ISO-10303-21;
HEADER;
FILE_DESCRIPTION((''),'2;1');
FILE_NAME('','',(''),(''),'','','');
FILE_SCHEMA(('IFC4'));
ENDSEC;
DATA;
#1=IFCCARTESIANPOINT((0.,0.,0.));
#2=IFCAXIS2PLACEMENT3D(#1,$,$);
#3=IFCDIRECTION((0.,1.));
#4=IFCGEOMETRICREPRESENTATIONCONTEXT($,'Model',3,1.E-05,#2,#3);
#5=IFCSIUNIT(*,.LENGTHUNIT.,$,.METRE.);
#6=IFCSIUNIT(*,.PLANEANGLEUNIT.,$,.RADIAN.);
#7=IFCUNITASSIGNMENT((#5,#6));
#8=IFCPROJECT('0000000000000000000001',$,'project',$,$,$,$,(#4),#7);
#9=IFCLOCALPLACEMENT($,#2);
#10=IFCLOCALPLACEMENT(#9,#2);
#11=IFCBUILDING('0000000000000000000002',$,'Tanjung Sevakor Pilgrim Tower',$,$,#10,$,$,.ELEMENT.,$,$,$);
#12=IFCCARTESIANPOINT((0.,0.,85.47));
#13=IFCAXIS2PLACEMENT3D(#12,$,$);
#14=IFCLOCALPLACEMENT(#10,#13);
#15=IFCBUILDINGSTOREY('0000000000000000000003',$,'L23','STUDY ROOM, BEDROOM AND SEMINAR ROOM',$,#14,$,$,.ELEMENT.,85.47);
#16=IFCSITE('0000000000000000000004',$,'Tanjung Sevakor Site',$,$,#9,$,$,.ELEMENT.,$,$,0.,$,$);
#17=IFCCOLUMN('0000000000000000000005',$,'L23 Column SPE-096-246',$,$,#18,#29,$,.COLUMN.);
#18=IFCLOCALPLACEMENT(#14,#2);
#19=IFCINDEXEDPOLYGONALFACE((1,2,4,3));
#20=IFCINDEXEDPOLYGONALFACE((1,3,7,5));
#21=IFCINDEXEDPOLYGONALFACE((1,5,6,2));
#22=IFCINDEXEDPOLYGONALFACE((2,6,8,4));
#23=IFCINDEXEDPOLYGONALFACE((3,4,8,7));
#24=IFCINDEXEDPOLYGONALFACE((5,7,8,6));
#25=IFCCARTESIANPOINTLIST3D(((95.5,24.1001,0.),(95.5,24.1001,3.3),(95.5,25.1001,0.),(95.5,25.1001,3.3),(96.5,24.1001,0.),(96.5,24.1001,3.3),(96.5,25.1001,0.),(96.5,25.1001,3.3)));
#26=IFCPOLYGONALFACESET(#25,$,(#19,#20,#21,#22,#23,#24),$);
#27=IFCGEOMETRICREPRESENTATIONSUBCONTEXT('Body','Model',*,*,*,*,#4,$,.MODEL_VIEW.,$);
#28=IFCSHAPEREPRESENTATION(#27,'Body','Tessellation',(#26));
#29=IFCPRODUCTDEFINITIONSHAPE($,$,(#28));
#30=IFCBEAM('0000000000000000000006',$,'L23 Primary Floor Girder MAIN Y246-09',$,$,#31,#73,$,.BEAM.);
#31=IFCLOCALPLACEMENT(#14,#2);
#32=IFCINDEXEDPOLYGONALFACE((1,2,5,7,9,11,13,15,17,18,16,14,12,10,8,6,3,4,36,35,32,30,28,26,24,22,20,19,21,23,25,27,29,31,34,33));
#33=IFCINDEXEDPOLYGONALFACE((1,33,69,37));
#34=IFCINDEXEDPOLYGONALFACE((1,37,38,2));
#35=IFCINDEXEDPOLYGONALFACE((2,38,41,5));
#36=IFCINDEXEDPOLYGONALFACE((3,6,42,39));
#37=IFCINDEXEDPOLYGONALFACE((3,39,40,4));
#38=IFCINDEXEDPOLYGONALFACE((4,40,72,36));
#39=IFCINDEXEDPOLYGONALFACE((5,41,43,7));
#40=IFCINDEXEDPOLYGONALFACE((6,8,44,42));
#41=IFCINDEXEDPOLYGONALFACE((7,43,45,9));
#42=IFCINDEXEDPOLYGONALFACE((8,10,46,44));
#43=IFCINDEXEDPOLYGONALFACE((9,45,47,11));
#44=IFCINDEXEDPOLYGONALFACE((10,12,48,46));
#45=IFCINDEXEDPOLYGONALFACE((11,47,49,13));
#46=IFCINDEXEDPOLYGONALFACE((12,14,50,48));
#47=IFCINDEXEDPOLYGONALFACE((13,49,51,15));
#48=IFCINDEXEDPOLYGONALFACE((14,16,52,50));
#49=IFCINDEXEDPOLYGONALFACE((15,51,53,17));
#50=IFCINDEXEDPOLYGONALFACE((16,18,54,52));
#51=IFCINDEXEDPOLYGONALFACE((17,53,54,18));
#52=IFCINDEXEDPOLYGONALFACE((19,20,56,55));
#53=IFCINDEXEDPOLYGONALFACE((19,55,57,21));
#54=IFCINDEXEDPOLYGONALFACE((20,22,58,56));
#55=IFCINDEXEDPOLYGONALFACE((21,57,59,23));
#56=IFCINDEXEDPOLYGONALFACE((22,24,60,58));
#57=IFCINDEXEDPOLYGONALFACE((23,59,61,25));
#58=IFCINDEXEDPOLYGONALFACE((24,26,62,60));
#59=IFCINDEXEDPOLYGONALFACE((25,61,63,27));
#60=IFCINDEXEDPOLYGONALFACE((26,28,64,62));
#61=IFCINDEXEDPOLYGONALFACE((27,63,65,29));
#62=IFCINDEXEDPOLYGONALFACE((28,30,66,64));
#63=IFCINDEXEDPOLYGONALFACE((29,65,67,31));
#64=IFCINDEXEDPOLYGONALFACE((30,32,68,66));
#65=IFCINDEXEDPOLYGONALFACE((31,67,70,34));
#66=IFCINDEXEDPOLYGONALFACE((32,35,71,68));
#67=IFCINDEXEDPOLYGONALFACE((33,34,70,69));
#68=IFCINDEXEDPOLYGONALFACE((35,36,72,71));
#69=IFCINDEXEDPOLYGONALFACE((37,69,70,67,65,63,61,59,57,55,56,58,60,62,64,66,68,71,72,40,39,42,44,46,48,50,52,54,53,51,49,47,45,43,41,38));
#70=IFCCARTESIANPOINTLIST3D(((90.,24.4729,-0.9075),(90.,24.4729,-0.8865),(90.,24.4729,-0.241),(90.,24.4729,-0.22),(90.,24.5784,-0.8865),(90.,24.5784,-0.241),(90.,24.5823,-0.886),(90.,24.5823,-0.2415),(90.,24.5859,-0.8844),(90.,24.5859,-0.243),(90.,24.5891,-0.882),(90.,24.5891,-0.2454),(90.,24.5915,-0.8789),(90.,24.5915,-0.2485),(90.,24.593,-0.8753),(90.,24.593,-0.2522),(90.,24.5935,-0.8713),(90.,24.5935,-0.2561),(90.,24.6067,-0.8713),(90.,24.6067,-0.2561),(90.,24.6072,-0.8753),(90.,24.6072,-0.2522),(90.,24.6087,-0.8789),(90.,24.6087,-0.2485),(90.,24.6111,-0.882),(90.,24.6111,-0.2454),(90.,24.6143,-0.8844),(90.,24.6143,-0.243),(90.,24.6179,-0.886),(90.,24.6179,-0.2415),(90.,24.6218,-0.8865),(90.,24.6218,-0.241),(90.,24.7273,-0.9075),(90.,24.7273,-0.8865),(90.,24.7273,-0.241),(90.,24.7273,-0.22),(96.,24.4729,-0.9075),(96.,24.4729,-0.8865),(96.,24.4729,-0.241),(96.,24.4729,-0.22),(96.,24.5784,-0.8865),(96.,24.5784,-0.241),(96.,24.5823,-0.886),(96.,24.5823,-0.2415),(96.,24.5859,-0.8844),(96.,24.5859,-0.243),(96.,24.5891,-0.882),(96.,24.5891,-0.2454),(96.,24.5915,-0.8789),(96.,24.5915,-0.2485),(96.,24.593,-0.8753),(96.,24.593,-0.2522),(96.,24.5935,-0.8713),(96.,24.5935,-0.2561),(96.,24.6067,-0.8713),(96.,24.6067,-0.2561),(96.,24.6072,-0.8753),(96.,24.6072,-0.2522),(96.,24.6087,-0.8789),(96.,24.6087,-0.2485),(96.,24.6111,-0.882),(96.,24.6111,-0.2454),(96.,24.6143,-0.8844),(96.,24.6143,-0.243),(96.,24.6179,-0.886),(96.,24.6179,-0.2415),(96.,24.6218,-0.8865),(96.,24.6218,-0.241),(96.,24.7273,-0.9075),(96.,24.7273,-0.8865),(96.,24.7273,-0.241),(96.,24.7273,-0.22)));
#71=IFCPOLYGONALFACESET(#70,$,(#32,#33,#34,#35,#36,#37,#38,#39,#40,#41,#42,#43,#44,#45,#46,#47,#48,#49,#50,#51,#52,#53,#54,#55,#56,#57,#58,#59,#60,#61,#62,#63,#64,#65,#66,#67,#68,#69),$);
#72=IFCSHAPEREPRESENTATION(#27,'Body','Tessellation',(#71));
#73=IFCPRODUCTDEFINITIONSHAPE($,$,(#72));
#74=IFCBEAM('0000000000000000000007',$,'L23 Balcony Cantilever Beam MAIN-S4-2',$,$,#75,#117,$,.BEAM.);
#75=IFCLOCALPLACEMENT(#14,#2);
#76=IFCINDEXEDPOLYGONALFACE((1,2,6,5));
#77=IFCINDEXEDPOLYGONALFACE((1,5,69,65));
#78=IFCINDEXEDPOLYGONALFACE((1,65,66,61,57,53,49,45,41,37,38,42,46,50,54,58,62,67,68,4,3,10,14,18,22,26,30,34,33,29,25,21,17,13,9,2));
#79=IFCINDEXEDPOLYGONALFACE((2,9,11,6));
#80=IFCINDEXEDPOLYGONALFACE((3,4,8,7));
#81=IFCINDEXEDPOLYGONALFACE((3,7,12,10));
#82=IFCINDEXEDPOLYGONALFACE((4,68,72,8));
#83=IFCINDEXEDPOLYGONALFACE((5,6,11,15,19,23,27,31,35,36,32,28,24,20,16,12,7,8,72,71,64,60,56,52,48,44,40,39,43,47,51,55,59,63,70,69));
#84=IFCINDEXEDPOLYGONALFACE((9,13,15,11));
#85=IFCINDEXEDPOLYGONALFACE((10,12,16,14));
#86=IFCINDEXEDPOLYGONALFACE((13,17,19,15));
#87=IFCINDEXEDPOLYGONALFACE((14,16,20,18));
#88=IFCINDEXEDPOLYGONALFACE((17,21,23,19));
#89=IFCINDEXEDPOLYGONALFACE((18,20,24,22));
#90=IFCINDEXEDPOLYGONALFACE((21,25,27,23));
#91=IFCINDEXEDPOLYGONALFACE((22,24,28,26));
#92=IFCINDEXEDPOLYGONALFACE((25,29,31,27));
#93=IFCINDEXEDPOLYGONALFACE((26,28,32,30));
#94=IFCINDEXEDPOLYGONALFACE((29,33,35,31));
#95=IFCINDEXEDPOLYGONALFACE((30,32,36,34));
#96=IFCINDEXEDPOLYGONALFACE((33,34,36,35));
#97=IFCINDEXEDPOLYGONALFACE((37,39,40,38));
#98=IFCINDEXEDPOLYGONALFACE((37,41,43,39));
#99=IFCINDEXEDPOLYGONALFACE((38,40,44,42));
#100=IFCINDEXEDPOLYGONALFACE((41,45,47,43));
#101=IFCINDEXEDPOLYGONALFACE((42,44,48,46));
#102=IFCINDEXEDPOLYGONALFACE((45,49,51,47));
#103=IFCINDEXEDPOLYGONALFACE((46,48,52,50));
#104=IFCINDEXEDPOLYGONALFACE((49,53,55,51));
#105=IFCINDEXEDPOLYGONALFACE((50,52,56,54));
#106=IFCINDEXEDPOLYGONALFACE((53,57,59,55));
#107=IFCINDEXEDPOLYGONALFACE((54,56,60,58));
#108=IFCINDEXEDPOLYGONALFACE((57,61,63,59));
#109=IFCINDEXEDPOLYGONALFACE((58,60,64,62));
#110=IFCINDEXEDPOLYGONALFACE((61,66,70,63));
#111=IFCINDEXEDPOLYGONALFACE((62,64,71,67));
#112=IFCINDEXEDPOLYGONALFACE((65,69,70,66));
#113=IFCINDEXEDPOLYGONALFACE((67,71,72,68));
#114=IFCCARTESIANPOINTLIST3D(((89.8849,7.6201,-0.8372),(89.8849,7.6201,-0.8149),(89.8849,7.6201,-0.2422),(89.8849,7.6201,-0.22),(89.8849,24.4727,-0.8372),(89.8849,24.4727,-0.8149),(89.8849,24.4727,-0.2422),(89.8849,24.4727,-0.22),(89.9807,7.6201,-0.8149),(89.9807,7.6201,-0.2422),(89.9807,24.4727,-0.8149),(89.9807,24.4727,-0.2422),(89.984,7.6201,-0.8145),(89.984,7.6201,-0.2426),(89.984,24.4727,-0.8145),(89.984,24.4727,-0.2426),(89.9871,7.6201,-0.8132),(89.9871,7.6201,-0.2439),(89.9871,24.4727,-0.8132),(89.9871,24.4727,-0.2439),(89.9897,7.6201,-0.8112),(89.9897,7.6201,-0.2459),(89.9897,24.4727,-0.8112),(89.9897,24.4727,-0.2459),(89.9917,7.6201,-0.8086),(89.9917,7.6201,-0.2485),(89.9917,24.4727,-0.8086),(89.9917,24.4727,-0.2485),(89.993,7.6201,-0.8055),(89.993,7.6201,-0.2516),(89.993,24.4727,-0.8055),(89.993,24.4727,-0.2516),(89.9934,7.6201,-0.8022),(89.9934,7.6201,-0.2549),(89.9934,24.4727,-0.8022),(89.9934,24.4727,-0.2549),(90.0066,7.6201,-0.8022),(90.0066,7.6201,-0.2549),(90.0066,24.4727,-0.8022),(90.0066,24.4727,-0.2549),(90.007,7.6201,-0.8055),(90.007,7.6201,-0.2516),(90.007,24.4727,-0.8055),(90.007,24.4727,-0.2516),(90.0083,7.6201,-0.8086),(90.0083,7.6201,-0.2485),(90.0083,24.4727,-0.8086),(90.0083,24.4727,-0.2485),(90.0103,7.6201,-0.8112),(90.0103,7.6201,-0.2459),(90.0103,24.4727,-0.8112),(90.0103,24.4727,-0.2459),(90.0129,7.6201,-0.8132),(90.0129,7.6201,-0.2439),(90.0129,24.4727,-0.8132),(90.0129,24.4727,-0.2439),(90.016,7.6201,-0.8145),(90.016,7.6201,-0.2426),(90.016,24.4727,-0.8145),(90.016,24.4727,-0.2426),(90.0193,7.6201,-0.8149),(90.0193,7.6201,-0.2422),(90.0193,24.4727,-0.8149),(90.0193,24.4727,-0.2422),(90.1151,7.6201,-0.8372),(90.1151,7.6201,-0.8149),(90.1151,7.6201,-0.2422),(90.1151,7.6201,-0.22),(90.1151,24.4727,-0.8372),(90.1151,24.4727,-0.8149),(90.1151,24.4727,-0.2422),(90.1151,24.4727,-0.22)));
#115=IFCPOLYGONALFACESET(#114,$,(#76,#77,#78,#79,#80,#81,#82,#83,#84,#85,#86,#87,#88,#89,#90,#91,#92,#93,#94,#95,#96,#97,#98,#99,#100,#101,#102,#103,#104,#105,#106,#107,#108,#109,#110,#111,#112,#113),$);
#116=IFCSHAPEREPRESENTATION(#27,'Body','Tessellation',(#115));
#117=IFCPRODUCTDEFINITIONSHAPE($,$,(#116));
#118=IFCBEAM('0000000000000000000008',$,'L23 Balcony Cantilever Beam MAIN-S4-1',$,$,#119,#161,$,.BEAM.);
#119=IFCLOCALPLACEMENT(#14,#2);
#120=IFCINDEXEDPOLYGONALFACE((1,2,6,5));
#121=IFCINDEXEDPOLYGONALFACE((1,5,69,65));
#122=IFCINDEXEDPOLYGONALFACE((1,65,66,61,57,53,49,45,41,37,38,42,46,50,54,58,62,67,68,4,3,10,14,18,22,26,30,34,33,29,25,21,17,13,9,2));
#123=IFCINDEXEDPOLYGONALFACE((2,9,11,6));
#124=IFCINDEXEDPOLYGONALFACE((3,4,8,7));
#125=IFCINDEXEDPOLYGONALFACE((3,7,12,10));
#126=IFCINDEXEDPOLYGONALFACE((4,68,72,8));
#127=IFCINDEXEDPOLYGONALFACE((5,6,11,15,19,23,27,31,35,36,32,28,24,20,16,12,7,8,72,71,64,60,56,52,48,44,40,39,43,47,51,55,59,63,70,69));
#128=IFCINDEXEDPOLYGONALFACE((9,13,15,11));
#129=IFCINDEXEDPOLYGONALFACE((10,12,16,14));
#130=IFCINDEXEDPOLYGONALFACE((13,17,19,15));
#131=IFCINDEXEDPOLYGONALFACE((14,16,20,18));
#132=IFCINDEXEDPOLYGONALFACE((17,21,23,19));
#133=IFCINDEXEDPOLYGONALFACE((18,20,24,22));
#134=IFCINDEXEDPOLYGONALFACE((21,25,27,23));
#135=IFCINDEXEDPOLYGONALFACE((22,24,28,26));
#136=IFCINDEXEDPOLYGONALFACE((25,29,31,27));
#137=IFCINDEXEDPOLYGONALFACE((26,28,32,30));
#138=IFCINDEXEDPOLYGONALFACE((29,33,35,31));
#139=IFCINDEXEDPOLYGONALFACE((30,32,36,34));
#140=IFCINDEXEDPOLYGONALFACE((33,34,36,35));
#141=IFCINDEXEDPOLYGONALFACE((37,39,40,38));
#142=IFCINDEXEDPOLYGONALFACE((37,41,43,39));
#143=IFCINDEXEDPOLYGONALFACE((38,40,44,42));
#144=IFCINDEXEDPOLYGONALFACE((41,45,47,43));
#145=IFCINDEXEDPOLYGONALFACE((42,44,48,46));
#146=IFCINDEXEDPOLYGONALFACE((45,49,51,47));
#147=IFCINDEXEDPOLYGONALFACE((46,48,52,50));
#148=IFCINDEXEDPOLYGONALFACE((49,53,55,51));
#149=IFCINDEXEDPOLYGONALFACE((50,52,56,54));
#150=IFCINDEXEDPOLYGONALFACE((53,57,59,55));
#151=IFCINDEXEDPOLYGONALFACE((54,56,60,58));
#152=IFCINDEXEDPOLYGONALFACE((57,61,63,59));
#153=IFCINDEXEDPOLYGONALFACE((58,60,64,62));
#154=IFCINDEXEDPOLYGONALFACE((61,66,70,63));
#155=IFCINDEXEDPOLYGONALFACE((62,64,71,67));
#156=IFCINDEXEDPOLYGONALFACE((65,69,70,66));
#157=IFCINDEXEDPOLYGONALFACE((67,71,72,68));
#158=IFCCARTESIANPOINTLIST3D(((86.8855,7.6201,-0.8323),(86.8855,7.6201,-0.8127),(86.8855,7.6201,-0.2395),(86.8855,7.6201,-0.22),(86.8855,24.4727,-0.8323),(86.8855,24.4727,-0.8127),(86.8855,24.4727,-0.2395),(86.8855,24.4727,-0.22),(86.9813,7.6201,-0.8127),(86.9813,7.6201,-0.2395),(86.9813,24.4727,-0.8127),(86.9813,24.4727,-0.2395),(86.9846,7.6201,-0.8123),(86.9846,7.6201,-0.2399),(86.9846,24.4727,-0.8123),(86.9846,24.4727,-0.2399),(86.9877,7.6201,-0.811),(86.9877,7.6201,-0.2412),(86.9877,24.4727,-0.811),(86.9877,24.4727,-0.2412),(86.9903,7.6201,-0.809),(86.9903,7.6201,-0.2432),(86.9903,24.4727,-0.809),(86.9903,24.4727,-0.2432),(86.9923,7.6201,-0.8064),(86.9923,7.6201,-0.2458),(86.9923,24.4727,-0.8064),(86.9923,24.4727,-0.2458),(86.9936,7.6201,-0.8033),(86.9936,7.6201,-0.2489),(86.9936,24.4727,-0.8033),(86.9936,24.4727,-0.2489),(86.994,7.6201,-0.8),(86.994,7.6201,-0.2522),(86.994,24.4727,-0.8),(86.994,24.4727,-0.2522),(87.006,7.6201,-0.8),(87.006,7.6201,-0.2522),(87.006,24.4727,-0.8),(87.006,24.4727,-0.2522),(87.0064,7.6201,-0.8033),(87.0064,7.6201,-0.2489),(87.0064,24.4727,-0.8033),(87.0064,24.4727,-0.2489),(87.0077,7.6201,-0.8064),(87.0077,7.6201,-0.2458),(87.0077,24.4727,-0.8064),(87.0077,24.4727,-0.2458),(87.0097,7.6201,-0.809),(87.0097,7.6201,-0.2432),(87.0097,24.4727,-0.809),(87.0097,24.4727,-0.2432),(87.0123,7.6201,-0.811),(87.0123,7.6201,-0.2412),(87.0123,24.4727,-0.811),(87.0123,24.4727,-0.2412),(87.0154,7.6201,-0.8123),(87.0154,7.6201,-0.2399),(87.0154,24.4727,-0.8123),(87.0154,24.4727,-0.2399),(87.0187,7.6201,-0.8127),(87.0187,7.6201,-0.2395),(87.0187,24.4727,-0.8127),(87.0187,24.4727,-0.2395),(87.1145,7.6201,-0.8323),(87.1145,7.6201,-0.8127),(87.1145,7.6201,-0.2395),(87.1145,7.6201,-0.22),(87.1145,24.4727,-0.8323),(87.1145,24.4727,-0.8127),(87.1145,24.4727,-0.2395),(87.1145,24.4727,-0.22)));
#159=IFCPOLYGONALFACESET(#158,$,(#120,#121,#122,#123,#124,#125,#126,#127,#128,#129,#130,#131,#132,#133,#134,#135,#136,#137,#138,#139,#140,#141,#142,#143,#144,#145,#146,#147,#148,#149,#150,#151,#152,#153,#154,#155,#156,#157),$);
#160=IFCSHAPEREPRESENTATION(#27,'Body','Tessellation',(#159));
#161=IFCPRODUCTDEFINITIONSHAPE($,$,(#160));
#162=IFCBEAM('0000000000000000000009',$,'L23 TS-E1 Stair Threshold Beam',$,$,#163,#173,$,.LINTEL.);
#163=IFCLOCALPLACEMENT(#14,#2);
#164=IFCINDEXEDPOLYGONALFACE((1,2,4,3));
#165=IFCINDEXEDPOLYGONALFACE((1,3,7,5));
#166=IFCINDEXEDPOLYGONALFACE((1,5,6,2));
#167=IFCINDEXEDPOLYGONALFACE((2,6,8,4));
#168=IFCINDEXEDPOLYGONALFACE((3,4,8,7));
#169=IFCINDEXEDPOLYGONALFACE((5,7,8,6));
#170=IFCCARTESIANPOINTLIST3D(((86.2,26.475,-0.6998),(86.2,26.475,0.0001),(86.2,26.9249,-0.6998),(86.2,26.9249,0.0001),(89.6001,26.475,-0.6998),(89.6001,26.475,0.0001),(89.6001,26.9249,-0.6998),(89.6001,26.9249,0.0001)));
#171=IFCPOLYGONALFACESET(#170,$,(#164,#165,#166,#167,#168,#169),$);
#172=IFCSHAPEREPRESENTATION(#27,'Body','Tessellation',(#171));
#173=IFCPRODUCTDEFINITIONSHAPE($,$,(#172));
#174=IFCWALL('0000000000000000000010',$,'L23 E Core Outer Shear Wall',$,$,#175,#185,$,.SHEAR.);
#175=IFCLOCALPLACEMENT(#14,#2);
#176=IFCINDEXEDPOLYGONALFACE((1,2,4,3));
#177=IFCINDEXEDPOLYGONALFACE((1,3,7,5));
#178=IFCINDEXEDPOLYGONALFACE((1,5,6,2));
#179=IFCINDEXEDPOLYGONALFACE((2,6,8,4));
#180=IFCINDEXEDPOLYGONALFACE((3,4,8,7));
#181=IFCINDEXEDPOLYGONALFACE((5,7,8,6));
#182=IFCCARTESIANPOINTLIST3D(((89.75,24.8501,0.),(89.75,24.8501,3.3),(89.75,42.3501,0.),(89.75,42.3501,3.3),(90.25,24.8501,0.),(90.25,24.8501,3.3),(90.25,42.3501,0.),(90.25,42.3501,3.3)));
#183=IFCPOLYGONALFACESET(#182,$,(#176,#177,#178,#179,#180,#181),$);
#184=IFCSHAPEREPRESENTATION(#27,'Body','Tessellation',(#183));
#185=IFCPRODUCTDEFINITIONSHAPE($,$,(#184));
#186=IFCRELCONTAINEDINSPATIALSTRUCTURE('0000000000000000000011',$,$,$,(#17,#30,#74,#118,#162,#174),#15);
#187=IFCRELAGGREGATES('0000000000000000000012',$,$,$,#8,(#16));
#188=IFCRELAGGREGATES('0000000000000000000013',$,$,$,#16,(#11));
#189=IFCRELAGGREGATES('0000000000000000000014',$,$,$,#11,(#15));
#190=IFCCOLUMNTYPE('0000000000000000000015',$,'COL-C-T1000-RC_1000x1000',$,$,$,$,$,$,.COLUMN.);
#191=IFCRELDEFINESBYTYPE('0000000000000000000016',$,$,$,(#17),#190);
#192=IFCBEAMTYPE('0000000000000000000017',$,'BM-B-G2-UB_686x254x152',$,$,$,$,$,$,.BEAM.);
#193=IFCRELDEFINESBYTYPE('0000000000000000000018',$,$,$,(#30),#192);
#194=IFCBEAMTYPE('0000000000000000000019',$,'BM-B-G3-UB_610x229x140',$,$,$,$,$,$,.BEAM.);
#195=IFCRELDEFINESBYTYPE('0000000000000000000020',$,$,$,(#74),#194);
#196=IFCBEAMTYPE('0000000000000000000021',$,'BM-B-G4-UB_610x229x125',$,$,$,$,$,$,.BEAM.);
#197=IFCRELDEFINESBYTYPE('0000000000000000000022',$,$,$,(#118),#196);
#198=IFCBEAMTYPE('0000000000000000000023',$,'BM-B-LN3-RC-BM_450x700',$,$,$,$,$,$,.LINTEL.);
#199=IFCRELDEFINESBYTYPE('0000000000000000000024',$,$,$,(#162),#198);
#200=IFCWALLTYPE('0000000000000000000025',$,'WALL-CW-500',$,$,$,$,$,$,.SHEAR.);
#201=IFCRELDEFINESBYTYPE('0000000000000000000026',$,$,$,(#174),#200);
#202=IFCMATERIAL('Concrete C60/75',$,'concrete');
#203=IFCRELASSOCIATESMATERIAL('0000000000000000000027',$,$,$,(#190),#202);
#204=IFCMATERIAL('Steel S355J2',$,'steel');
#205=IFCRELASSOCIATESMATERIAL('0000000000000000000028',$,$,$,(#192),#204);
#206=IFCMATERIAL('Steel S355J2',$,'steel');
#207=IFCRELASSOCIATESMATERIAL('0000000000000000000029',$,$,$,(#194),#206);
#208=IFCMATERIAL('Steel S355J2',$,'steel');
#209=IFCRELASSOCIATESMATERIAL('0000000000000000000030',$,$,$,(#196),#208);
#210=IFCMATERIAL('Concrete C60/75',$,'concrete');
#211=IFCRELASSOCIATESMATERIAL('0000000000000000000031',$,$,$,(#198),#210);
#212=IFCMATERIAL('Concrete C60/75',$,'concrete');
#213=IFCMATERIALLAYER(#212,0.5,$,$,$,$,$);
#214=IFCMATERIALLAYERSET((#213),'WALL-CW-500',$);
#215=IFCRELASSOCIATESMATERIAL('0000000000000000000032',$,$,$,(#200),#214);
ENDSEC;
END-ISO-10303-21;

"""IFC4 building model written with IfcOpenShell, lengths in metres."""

from ifc_helpers import new_model, si_unit, direction, frame, frame_2d, origin, origin_2d, place, context, subcontext, project, spatial, rectangle, i_section, extrude, material, layer, layer_set, material_profile, profile_set, type_object, element, save


model = new_model("IFC4")

# Units and contexts
model_context = context("Model", 3, precision=1e-05, world=origin(), true_north=direction((0.0, 1.0)))
body_context = subcontext(model_context, "Body", "Model", "MODEL_VIEW")
ifc_project = project(units=[si_unit("LENGTHUNIT", "METRE"), si_unit("PLANEANGLEUNIT", "RADIAN")], contexts=[model_context])

# Site, building, storey
site_placement = place(None, origin())
site = spatial("IfcSite", under=ifc_project, at=site_placement, Name="Tanjung Sevakor Site", CompositionType="ELEMENT", RefElevation=0.0)
building_placement = place(site_placement, origin())
building = spatial("IfcBuilding", under=site, at=building_placement, Name="Tanjung Sevakor Pilgrim Tower", CompositionType="ELEMENT")
storey_placement = place(building_placement, frame((0.0, 0.0, 85.47)))
storey = spatial("IfcBuildingStorey", under=building, at=storey_placement, Name="L23", Description="STUDY ROOM, BEDROOM AND SEMINAR ROOM", CompositionType="ELEMENT", Elevation=85.47)

# Column
ifc_material_1 = material(Name="Concrete C60/75", Category="concrete")
ifc_material_profile_1 = material_profile(ifc_material_1, rectangle(XDim=1.0, YDim=1.0, at=origin_2d()))
ifc_profile_set_1 = profile_set([ifc_material_profile_1], Name="Concrete C60/75")
column_type = type_object("IfcColumnType", Name="COL-C-T1000-RC_1000x1000", PredefinedType="COLUMN", material=ifc_profile_set_1)
column_placement = place(storey_placement, frame((96.0, 24.6001, 0.0), z_axis=(0.0, 0.0, 1.0), x_axis=(1.0, 0.0, 0.0)))
element("IfcColumn", 1, at=column_placement, inside=storey, type_object=column_type, Name="L23 Column SPE-096-246", PredefinedType="COLUMN", context=body_context, shape_type="SweptSolid", body=[
    extrude(rectangle(XDim=1.0, YDim=1.0, at=origin_2d()), origin(), (0.0, 0.0, 1.0), 3.3),
])

# Beams
ifc_material_2 = material(Name="Steel S355J2", Category="steel")
ifc_material_profile_2 = material_profile(ifc_material_2, i_section(OverallWidth=0.2544, OverallDepth=0.6875, WebThickness=0.0132, FlangeThickness=0.021, FilletRadius=0.0151, at=origin_2d()))
ifc_profile_set_2 = profile_set([ifc_material_profile_2], Name="Steel S355J2")
beam_type_1 = type_object("IfcBeamType", Name="BM-B-G2-UB_686x254x152", PredefinedType="BEAM", material=ifc_profile_set_2)
beam_1_placement = place(storey_placement, frame((90.0, 24.6001, -0.5637), z_axis=(1.0, 0.0, 0.0), x_axis=(0.0, 1.0, 0.0)))
element("IfcBeam", 2, at=beam_1_placement, inside=storey, type_object=beam_type_1, Name="L23 Primary Floor Girder MAIN Y246-09", PredefinedType="BEAM", context=body_context, shape_type="SweptSolid", body=[
    extrude(i_section(OverallWidth=0.2544, OverallDepth=0.6875, WebThickness=0.0132, FlangeThickness=0.021, FilletRadius=0.0151, at=origin_2d()), origin(), (0.0, 0.0, 1.0), 6.0),
])
ifc_material_3 = material(Name="Steel S355J2", Category="steel")
ifc_material_profile_3 = material_profile(ifc_material_3, i_section(OverallWidth=0.2302, OverallDepth=0.6172, WebThickness=0.0132, FlangeThickness=0.0222, FilletRadius=0.0127, at=origin_2d()))
ifc_profile_set_3 = profile_set([ifc_material_profile_3], Name="Steel S355J2")
beam_type_2 = type_object("IfcBeamType", Name="BM-B-G3-UB_610x229x140", PredefinedType="BEAM", material=ifc_profile_set_3)
beam_2_placement = place(storey_placement, frame((90.0, 24.4727, -0.5286), z_axis=(0.0, -1.0, 0.0), x_axis=(1.0, 0.0, 0.0)))
element("IfcBeam", 3, at=beam_2_placement, inside=storey, type_object=beam_type_2, Name="L23 Balcony Cantilever Beam MAIN-S4-2", PredefinedType="BEAM", context=body_context, shape_type="SweptSolid", body=[
    extrude(i_section(OverallWidth=0.2302, OverallDepth=0.6172, WebThickness=0.0132, FlangeThickness=0.0222, FilletRadius=0.0127, at=origin_2d()), origin(), (0.0, 0.0, 1.0), 16.8525),
])
ifc_material_4 = material(Name="Steel S355J2", Category="steel")
ifc_material_profile_4 = material_profile(ifc_material_4, i_section(OverallWidth=0.229, OverallDepth=0.6123, WebThickness=0.012, FlangeThickness=0.0195, FilletRadius=0.0127, at=origin_2d()))
ifc_profile_set_4 = profile_set([ifc_material_profile_4], Name="Steel S355J2")
beam_type_3 = type_object("IfcBeamType", Name="BM-B-G4-UB_610x229x125", PredefinedType="BEAM", material=ifc_profile_set_4)
beam_3_placement = place(storey_placement, frame((87.0, 24.4727, -0.5261), z_axis=(0.0, -1.0, 0.0), x_axis=(1.0, 0.0, 0.0)))
element("IfcBeam", 4, at=beam_3_placement, inside=storey, type_object=beam_type_3, Name="L23 Balcony Cantilever Beam MAIN-S4-1", PredefinedType="BEAM", context=body_context, shape_type="SweptSolid", body=[
    extrude(i_section(OverallWidth=0.229, OverallDepth=0.6123, WebThickness=0.012, FlangeThickness=0.0195, FilletRadius=0.0127, at=origin_2d()), origin(), (0.0, 0.0, 1.0), 16.8525),
])
ifc_material_5 = material(Name="Concrete C60/75", Category="concrete")
ifc_material_profile_5 = material_profile(ifc_material_5, rectangle(XDim=0.45, YDim=0.7, at=origin_2d()))
ifc_profile_set_5 = profile_set([ifc_material_profile_5], Name="Concrete C60/75")
beam_type_4 = type_object("IfcBeamType", Name="BM-B-LN3-RC-BM_450x700", PredefinedType="LINTEL", material=ifc_profile_set_5)
beam_4_placement = place(storey_placement, frame((86.2, 26.7, -0.3499), z_axis=(1.0, 0.0, 0.0), x_axis=(0.0, 1.0, 0.0)))
element("IfcBeam", 5, at=beam_4_placement, inside=storey, type_object=beam_type_4, Name="L23 TS-E1 Stair Threshold Beam", PredefinedType="LINTEL", context=body_context, shape_type="SweptSolid", body=[
    extrude(rectangle(XDim=0.45, YDim=0.7, at=origin_2d()), origin(), (0.0, 0.0, 1.0), 3.4001),
])

# Wall
ifc_material_6 = material(Name="Concrete C60/75", Category="concrete")
ifc_layer_1 = layer(ifc_material_6, 0.5)
ifc_layer_set_1 = layer_set([ifc_layer_1], Name="WALL-CW-500")
wall_type_1 = type_object("IfcWallType", Name="WALL-CW-500", PredefinedType="SHEAR", material=ifc_layer_set_1)
wall_1_placement = place(storey_placement, frame((90.0, 24.8501, 0.0), z_axis=(0.0, 0.0, 1.0), x_axis=(0.0, 1.0, 0.0)))
element("IfcWall", 6, at=wall_1_placement, inside=storey, type_object=wall_type_1, Name="L23 E Core Outer Shear Wall", PredefinedType="SHEAR", context=body_context, shape_type="SweptSolid", body=[
    extrude(rectangle(XDim=17.5, YDim=0.5, at=frame_2d((8.75, 0.0))), origin(), (0.0, 0.0, 1.0), 3.3),
])

save(model, "model.ifc")
